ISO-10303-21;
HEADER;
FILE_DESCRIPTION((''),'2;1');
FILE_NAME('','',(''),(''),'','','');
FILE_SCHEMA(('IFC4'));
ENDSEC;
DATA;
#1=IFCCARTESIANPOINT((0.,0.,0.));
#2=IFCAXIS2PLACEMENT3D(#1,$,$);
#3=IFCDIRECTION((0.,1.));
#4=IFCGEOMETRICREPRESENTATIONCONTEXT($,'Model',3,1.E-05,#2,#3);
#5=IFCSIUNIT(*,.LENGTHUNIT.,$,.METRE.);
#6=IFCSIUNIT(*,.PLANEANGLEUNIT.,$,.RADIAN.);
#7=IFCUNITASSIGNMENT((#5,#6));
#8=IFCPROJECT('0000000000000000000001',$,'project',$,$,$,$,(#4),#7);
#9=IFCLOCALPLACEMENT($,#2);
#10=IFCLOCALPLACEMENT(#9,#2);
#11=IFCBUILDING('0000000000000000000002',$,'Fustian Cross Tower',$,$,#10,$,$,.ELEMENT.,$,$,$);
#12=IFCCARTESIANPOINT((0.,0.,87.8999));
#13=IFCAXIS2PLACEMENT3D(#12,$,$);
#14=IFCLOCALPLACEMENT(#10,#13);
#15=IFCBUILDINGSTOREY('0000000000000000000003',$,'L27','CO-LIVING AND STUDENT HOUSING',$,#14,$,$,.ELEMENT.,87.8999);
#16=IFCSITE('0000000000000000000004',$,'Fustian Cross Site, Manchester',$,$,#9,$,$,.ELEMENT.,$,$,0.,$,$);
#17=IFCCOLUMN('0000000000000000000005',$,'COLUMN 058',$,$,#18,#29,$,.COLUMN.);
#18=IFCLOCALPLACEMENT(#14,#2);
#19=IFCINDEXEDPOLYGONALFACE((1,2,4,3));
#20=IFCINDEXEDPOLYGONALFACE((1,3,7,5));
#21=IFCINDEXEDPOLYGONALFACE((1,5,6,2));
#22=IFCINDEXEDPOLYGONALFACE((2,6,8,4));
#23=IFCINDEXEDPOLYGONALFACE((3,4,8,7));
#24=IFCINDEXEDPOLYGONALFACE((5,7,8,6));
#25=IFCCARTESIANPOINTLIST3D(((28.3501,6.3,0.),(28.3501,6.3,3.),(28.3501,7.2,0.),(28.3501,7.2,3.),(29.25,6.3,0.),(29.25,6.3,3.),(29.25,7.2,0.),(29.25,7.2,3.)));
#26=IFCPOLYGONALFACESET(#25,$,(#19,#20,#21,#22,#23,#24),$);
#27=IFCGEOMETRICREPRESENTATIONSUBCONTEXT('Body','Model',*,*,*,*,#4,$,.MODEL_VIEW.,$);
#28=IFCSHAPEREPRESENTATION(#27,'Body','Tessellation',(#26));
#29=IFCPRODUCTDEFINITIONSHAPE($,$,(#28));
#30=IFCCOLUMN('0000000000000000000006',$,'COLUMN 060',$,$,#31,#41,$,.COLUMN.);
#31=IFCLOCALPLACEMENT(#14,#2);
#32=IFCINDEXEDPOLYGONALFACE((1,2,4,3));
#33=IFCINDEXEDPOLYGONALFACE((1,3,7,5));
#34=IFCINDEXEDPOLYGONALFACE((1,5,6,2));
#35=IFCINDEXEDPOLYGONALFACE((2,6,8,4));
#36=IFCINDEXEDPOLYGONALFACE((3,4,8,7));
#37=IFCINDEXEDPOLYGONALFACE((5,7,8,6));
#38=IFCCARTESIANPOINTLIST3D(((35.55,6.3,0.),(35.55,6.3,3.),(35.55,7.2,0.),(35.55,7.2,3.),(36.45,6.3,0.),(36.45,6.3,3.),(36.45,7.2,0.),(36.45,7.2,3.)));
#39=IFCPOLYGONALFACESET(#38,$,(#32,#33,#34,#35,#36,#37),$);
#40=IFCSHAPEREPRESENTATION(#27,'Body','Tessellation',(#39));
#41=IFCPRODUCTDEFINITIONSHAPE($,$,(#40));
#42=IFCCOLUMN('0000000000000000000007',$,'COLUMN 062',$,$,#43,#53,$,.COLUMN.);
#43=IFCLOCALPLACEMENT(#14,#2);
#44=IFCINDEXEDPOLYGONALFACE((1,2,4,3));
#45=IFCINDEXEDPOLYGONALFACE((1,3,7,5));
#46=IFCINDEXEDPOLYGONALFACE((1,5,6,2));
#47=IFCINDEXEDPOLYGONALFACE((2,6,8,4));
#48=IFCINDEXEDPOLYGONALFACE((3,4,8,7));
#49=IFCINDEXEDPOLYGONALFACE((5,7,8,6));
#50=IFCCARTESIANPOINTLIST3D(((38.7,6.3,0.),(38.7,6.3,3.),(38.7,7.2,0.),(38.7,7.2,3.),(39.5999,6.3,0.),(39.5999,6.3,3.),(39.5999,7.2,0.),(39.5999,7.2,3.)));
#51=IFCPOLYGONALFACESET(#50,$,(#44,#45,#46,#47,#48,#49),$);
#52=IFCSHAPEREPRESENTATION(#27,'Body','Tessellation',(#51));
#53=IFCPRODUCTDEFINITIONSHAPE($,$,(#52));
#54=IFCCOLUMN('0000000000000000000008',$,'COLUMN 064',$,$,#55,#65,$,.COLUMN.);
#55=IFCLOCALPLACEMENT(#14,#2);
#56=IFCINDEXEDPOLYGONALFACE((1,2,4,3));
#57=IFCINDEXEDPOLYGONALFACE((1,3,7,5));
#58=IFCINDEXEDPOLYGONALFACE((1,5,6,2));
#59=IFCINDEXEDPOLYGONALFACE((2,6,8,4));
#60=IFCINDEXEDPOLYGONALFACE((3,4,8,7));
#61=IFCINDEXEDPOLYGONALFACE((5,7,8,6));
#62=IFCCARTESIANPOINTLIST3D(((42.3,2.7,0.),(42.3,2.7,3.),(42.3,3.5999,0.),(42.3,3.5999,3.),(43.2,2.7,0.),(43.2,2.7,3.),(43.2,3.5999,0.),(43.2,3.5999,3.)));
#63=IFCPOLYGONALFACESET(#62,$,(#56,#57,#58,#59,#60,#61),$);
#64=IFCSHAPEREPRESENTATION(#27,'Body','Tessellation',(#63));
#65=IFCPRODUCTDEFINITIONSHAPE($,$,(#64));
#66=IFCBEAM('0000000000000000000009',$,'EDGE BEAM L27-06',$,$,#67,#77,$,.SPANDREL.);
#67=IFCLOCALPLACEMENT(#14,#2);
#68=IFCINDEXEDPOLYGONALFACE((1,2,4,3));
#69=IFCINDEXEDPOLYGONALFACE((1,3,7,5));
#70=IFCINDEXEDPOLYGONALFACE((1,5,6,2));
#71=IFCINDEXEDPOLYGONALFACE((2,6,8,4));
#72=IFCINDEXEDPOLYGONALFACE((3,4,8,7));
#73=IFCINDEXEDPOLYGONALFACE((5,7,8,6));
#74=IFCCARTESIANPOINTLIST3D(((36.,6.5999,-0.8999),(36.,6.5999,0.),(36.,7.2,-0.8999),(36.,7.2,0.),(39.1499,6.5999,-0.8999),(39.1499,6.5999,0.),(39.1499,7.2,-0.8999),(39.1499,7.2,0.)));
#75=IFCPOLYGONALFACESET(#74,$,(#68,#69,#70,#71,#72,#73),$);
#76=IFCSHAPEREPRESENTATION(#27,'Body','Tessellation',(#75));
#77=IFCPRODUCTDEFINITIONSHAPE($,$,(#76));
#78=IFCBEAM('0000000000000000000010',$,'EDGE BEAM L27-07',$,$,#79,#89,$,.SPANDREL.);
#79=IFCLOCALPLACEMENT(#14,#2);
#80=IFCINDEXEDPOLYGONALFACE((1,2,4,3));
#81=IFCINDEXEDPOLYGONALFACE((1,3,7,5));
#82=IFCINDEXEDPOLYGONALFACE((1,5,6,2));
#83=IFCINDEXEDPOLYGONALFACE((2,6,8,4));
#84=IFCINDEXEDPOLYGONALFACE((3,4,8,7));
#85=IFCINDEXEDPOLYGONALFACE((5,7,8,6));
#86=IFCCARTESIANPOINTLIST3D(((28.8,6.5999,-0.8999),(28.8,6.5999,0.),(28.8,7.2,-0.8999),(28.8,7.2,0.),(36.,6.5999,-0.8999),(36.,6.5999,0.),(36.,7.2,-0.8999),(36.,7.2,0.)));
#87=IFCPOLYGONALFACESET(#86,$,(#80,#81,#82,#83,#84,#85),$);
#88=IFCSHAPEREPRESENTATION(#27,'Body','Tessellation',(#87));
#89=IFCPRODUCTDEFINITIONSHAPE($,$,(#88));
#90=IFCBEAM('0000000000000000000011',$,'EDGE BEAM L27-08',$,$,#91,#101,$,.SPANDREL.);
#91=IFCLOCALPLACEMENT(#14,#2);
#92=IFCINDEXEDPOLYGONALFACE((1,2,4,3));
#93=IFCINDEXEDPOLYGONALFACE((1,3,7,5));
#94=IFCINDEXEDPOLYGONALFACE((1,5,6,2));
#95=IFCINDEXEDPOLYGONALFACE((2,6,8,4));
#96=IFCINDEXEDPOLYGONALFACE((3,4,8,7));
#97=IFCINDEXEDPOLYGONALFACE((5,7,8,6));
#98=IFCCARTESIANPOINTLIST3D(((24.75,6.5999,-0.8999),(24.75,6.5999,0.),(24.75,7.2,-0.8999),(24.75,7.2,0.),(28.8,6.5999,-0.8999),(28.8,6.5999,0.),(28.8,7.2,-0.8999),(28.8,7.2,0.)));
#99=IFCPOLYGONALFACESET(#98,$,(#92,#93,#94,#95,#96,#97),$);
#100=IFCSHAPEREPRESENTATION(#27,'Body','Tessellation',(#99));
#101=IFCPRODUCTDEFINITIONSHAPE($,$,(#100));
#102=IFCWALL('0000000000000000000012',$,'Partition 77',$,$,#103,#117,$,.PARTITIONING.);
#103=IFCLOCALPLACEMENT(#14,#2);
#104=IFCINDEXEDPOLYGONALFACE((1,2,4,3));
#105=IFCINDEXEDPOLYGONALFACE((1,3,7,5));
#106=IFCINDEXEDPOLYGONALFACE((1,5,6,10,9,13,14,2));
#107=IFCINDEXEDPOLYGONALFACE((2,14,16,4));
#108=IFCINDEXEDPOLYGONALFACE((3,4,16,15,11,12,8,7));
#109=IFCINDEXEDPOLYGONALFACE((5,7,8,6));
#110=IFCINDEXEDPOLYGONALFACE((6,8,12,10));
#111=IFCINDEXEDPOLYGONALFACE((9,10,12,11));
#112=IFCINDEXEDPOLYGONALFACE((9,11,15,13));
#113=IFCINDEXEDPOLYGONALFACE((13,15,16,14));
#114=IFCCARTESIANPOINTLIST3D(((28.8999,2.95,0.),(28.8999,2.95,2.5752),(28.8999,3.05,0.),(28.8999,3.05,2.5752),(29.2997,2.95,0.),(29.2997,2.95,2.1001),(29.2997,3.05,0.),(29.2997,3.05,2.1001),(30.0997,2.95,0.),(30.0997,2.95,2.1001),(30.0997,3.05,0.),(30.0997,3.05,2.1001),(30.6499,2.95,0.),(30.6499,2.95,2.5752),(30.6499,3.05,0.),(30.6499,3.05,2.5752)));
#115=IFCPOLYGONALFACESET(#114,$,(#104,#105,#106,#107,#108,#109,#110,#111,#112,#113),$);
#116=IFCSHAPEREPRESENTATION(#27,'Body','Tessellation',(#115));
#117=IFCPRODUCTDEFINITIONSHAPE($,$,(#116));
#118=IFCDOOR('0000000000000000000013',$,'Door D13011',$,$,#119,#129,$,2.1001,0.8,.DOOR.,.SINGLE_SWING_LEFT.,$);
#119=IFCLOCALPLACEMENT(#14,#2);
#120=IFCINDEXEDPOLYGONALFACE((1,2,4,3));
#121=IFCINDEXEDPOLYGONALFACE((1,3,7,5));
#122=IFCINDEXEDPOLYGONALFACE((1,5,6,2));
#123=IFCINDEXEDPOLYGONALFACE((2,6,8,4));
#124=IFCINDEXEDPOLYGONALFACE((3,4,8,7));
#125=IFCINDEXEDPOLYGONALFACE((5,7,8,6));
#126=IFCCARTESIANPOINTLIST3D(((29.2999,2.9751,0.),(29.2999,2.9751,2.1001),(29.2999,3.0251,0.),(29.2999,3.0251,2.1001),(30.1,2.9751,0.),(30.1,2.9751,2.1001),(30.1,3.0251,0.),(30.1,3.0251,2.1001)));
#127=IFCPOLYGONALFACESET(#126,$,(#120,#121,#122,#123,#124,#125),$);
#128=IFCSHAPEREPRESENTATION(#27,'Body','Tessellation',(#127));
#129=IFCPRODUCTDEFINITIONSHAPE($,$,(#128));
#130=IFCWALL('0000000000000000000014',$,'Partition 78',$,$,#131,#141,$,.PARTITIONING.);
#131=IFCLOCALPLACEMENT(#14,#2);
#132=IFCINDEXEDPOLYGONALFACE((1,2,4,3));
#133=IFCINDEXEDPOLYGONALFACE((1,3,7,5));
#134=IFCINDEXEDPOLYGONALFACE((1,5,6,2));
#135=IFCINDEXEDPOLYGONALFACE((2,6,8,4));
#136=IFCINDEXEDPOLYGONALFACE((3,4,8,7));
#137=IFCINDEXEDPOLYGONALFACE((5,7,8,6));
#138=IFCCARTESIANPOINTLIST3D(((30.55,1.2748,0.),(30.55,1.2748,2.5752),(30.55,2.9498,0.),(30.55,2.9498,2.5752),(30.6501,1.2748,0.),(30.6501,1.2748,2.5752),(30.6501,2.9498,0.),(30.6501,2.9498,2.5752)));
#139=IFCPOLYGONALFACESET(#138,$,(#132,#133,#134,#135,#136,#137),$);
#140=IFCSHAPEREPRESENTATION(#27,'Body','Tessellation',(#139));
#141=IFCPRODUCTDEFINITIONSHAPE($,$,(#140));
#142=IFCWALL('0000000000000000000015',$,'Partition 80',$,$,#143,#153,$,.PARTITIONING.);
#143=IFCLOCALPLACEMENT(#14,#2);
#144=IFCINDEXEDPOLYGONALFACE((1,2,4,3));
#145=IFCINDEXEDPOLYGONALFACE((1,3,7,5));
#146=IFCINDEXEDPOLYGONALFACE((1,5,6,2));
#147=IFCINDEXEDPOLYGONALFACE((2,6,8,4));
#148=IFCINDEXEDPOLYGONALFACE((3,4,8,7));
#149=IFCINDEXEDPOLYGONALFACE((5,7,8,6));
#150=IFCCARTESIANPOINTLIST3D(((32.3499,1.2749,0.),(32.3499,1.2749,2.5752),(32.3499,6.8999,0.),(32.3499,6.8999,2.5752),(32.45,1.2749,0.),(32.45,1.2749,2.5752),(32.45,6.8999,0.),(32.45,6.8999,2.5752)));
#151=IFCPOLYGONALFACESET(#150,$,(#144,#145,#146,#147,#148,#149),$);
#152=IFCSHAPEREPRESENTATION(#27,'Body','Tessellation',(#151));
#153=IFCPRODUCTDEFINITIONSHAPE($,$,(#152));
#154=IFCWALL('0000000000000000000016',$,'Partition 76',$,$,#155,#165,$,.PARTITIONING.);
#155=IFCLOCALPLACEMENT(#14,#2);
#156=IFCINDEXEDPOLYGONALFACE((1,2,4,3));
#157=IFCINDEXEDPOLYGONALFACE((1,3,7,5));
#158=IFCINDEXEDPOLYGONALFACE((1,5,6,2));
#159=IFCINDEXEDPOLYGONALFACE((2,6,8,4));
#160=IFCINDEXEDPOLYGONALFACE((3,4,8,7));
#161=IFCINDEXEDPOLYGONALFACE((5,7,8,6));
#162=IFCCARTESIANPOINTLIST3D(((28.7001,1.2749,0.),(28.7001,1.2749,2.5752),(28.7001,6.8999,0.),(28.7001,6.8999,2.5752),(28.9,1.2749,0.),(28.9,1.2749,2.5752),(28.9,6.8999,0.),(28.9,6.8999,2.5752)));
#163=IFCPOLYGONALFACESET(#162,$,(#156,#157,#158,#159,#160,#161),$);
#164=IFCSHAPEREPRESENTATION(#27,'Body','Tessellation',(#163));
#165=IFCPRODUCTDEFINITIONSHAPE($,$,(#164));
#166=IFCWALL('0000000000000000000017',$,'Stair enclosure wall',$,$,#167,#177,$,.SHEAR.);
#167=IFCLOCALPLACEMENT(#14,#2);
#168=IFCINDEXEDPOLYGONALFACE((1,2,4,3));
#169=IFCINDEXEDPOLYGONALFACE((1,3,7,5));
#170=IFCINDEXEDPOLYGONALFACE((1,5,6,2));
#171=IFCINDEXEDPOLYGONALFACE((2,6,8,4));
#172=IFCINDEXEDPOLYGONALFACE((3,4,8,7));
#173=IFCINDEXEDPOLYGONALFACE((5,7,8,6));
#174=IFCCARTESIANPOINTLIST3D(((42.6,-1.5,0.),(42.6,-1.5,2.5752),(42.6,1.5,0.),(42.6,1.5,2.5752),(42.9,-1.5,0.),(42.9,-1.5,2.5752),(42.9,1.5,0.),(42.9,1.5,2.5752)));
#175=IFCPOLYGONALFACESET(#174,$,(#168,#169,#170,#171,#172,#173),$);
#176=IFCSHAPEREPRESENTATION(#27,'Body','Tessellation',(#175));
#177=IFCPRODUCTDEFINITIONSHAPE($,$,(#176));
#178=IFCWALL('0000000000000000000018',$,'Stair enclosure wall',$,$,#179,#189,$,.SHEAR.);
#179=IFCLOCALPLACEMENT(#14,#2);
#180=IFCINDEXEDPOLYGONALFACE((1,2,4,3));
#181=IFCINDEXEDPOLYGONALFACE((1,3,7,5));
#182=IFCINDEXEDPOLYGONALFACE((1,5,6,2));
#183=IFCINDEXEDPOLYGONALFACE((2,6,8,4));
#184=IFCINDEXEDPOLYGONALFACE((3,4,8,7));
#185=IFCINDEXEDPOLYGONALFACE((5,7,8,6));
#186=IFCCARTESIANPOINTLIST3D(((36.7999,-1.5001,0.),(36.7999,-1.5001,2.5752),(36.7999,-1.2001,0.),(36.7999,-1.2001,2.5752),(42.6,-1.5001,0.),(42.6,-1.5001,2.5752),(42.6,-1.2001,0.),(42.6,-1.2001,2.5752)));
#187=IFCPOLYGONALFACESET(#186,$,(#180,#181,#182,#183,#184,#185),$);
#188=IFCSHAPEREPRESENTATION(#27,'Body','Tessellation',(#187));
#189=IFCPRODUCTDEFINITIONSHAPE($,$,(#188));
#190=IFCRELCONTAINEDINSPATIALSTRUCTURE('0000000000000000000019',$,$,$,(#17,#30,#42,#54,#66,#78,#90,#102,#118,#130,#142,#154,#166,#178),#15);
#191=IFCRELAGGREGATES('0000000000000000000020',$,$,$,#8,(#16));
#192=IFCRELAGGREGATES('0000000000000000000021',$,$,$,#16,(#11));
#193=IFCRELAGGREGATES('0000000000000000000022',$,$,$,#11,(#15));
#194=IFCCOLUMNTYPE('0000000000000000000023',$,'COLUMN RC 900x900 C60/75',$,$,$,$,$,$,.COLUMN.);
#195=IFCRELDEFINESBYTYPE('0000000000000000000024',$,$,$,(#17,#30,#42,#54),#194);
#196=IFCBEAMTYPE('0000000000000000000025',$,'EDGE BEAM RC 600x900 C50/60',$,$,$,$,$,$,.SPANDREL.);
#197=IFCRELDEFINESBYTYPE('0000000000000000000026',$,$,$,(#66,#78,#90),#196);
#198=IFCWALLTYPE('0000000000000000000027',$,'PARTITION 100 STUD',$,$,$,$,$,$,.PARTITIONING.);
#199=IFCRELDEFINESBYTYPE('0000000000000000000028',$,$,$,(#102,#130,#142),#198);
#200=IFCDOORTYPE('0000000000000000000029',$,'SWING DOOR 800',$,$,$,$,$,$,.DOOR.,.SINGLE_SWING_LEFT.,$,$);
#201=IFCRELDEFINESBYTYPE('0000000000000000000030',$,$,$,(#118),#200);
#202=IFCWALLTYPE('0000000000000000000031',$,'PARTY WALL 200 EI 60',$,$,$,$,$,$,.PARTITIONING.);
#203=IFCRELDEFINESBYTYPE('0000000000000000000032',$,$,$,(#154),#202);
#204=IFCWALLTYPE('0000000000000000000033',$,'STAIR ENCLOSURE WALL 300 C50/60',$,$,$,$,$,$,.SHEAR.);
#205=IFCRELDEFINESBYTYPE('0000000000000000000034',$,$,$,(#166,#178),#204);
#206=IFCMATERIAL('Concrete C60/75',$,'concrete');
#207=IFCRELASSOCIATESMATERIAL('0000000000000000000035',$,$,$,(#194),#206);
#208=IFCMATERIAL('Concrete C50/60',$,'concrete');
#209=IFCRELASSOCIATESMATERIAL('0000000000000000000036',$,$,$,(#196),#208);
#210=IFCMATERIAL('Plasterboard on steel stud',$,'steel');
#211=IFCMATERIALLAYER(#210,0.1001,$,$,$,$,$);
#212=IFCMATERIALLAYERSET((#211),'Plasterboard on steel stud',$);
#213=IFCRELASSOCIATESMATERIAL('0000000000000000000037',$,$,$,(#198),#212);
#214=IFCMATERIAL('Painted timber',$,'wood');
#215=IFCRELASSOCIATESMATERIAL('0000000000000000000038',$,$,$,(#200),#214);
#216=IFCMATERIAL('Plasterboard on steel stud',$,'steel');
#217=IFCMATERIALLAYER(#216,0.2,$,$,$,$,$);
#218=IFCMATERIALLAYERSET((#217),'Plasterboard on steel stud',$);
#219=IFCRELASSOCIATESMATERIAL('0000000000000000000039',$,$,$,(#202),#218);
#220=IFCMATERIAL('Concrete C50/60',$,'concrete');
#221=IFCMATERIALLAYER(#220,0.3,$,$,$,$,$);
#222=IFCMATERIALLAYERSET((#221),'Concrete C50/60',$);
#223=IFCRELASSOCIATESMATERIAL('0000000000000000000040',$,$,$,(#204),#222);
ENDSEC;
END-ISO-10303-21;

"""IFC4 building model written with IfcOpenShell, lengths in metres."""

from ifc_helpers import new_model, si_unit, direction, frame, frame_2d, origin, origin_2d, place, context, subcontext, project, spatial, rectangle, extrude, material, layer, layer_set, material_profile, profile_set, type_object, element, fill, save


model = new_model("IFC4")

# Units and contexts
model_context = context("Model", 3, precision=1e-05, world=origin(), true_north=direction((0.0, 1.0)))
body_context = subcontext(model_context, "Body", "Model", "MODEL_VIEW")
ifc_project = project(units=[si_unit("LENGTHUNIT", "METRE"), si_unit("PLANEANGLEUNIT", "RADIAN")], contexts=[model_context])

# Site, building, storey
site_placement = place(None, origin())
site = spatial("IfcSite", under=ifc_project, at=site_placement, Name="Fustian Cross Site, Manchester", CompositionType="ELEMENT", RefElevation=0.0)
building_placement = place(site_placement, origin())
building = spatial("IfcBuilding", under=site, at=building_placement, Name="Fustian Cross Tower", CompositionType="ELEMENT")
storey_placement = place(building_placement, frame((0.0, 0.0, 87.8999)))
storey = spatial("IfcBuildingStorey", under=building, at=storey_placement, Name="L27", Description="CO-LIVING AND STUDENT HOUSING", CompositionType="ELEMENT", Elevation=87.8999)

# Columns
ifc_material_1 = material(Name="Concrete C60/75", Category="concrete")
ifc_material_profile_1 = material_profile(ifc_material_1, rectangle(XDim=0.8999, YDim=0.8999, at=origin_2d()), Name="RC 900x900")
ifc_profile_set_1 = profile_set([ifc_material_profile_1], Name="Concrete C60/75")
column_type = type_object("IfcColumnType", Name="COLUMN RC 900x900 C60/75", PredefinedType="COLUMN", material=ifc_profile_set_1)
for number, where, z_axis, x_axis, name in (
    (1, (28.8, 6.75, 0.0), (0.0, 0.0, 1.0), (1.0, 0.0, 0.0), "COLUMN 058"),
    (2, (36.0, 6.75, 0.0), (0.0, 0.0, 1.0), (1.0, 0.0, 0.0), "COLUMN 060"),
    (3, (39.1499, 6.75, 0.0), (0.0, 0.0, 1.0), (1.0, 0.0, 0.0), "COLUMN 062"),
    (4, (42.75, 3.1499, 0.0), (0.0, 0.0, 1.0), (1.0, 0.0, 0.0), "COLUMN 064"),
):
    element("IfcColumn", number, at=place(storey_placement, frame(where, z_axis=z_axis, x_axis=x_axis)), inside=storey, type_object=column_type, Name=name, PredefinedType="COLUMN", context=body_context, shape_type="SweptSolid", body=[
        extrude(rectangle(XDim=0.8999, YDim=0.8999, at=origin_2d()), origin(), (0.0, 0.0, 1.0), 3.0),
    ])

# Beams
ifc_material_2 = material(Name="Concrete C50/60", Category="concrete")
ifc_material_profile_2 = material_profile(ifc_material_2, rectangle(XDim=0.6001, YDim=0.8999, at=origin_2d()), Name="RC 600x900")
ifc_profile_set_2 = profile_set([ifc_material_profile_2], Name="Concrete C50/60")
beam_type = type_object("IfcBeamType", Name="EDGE BEAM RC 600x900 C50/60", PredefinedType="SPANDREL", material=ifc_profile_set_2)
beam_1_placement = place(storey_placement, frame((39.1499, 6.8999, -0.45), z_axis=(-1.0, 0.0, 0.0), x_axis=(0.0, -1.0, 0.0)))
element("IfcBeam", 5, at=beam_1_placement, inside=storey, type_object=beam_type, Name="EDGE BEAM L27-06", PredefinedType="SPANDREL", context=body_context, shape_type="SweptSolid", body=[
    extrude(rectangle(XDim=0.6001, YDim=0.8999, at=origin_2d()), origin(), (0.0, 0.0, 1.0), 3.1499),
])
beam_2_placement = place(storey_placement, frame((36.0, 6.8999, -0.45), z_axis=(-1.0, 0.0, 0.0), x_axis=(0.0, -1.0, 0.0)))
element("IfcBeam", 6, at=beam_2_placement, inside=storey, type_object=beam_type, Name="EDGE BEAM L27-07", PredefinedType="SPANDREL", context=body_context, shape_type="SweptSolid", body=[
    extrude(rectangle(XDim=0.6001, YDim=0.8999, at=origin_2d()), origin(), (0.0, 0.0, 1.0), 7.2),
])
beam_3_placement = place(storey_placement, frame((28.8, 6.8999, -0.45), z_axis=(-1.0, 0.0, 0.0), x_axis=(0.0, -1.0, 0.0)))
element("IfcBeam", 7, at=beam_3_placement, inside=storey, type_object=beam_type, Name="EDGE BEAM L27-08", PredefinedType="SPANDREL", context=body_context, shape_type="SweptSolid", body=[
    extrude(rectangle(XDim=0.6001, YDim=0.8999, at=origin_2d()), origin(), (0.0, 0.0, 1.0), 4.05),
])

# Wall, opening, door
ifc_material_3 = material(Name="Plasterboard on steel stud", Category="steel")
ifc_layer_1 = layer(ifc_material_3, 0.1001)
ifc_layer_set_1 = layer_set([ifc_layer_1], Name="Plasterboard on steel stud")
wall_type_1 = type_object("IfcWallType", Name="PARTITION 100 STUD", PredefinedType="PARTITIONING", material=ifc_layer_set_1)
wall_1_placement = place(storey_placement, frame((28.8999, 3.0, 0.0), z_axis=(0.0, 0.0, 1.0), x_axis=(1.0, 0.0, 0.0)))
wall_1 = element("IfcWall", 8, at=wall_1_placement, inside=storey, type_object=wall_type_1, Name="Partition 77", PredefinedType="PARTITIONING", context=body_context, shape_type="SweptSolid", body=[
    extrude(rectangle(XDim=1.75, YDim=0.1001, at=frame_2d((0.875, 0.0))), origin(), (0.0, 0.0, 1.0), 2.5752),
])
opening_1_placement = place(wall_1_placement, frame((0.3999, 0.0, 0.0)))
opening_1 = element("IfcOpeningElement", 9, at=opening_1_placement, cuts=wall_1, PredefinedType="OPENING", context=body_context, shape_type="SweptSolid", body=[
    extrude(rectangle(XDim=0.8, YDim=2.1001, at=frame_2d((0.3999, 1.05))), frame((0.0, 0.0601, 0.0), z_axis=(0.0, -1.0, 0.0), x_axis=(1.0, 0.0, 0.0)), (0.0, 0.0, 1.0), 0.1201),
])
ifc_material_4 = material(Name="Painted timber", Category="wood")
door_type = type_object("IfcDoorType", Name="SWING DOOR 800", OperationType="SINGLE_SWING_LEFT", PredefinedType="DOOR", material=ifc_material_4)
door_placement = place(opening_1_placement, frame((0.8, 0.0, 0.0), z_axis=(0.0, 0.0, 1.0), x_axis=(-1.0, 0.0, 0.0)))
door = element("IfcDoor", 10, at=door_placement, inside=storey, type_object=door_type, Name="Door D13011", OperationType="SINGLE_SWING_LEFT", OverallHeight=2.1001, OverallWidth=0.8, PredefinedType="DOOR", context=body_context, shape_type="SweptSolid", body=[
    extrude(rectangle(XDim=0.8, YDim=2.1001, at=frame_2d((0.3999, 1.05))), frame((0.0, 0.0249, 0.0), z_axis=(0.0, -1.0, 0.0), x_axis=(1.0, 0.0, 0.0)), (0.0, 0.0, 1.0), 0.05),
])
fill(opening_1, door)

# Walls
wall_2_placement = place(storey_placement, frame((30.6001, 1.2749, 0.0), z_axis=(0.0, 0.0, 1.0), x_axis=(0.0, 1.0, 0.0)))
element("IfcWall", 11, at=wall_2_placement, inside=storey, type_object=wall_type_1, Name="Partition 78", PredefinedType="PARTITIONING", context=body_context, shape_type="SweptSolid", body=[
    extrude(rectangle(XDim=1.675, YDim=0.1001, at=frame_2d((0.8374, 0.0))), origin(), (0.0, 0.0, 1.0), 2.5752),
])
wall_3_placement = place(storey_placement, frame((32.3999, 1.2749, 0.0), z_axis=(0.0, 0.0, 1.0), x_axis=(0.0, 1.0, 0.0)))
element("IfcWall", 12, at=wall_3_placement, inside=storey, type_object=wall_type_1, Name="Partition 80", PredefinedType="PARTITIONING", context=body_context, shape_type="SweptSolid", body=[
    extrude(rectangle(XDim=5.625, YDim=0.1001, at=frame_2d((2.8125, 0.0))), origin(), (0.0, 0.0, 1.0), 2.5752),
])
ifc_material_5 = material(Name="Plasterboard on steel stud", Category="steel")
ifc_layer_2 = layer(ifc_material_5, 0.2)
ifc_layer_set_2 = layer_set([ifc_layer_2], Name="Plasterboard on steel stud")
wall_type_2 = type_object("IfcWallType", Name="PARTY WALL 200 EI 60", PredefinedType="PARTITIONING", material=ifc_layer_set_2)
wall_4_placement = place(storey_placement, frame((28.8, 1.2749, 0.0), z_axis=(0.0, 0.0, 1.0), x_axis=(0.0, 1.0, 0.0)))
element("IfcWall", 13, at=wall_4_placement, inside=storey, type_object=wall_type_2, Name="Partition 76", PredefinedType="PARTITIONING", context=body_context, shape_type="SweptSolid", body=[
    extrude(rectangle(XDim=5.625, YDim=0.2, at=frame_2d((2.8125, 0.0))), origin(), (0.0, 0.0, 1.0), 2.5752),
])
ifc_material_6 = material(Name="Concrete C50/60", Category="concrete")
ifc_layer_3 = layer(ifc_material_6, 0.3)
ifc_layer_set_3 = layer_set([ifc_layer_3], Name="Concrete C50/60")
wall_type_3 = type_object("IfcWallType", Name="STAIR ENCLOSURE WALL 300 C50/60", PredefinedType="SHEAR", material=ifc_layer_set_3)
wall_5_placement = place(storey_placement, frame((42.75, -1.5, 0.0), z_axis=(0.0, 0.0, 1.0), x_axis=(0.0, 1.0, 0.0)))
element("IfcWall", 14, at=wall_5_placement, inside=storey, type_object=wall_type_3, Name="Stair enclosure wall", PredefinedType="SHEAR", context=body_context, shape_type="SweptSolid", body=[
    extrude(rectangle(XDim=3.0, YDim=0.3, at=frame_2d((1.5, 0.0))), origin(), (0.0, 0.0, 1.0), 2.5752),
])
for number, where, z_axis, x_axis, name in (
    (15, (36.8, -1.3501, 0.0), (0.0, 0.0, 1.0), (1.0, 0.0, 0.0), "Stair enclosure wall"),
):
    element("IfcWall", number, at=place(storey_placement, frame(where, z_axis=z_axis, x_axis=x_axis)), inside=storey, type_object=wall_type_3, Name=name, PredefinedType="SHEAR", context=body_context, shape_type="SweptSolid", body=[
        extrude(rectangle(XDim=5.8, YDim=0.3, at=frame_2d((2.8999, 0.0))), origin(), (0.0, 0.0, 1.0), 2.5752),
    ])

save(model, "model.ifc")
